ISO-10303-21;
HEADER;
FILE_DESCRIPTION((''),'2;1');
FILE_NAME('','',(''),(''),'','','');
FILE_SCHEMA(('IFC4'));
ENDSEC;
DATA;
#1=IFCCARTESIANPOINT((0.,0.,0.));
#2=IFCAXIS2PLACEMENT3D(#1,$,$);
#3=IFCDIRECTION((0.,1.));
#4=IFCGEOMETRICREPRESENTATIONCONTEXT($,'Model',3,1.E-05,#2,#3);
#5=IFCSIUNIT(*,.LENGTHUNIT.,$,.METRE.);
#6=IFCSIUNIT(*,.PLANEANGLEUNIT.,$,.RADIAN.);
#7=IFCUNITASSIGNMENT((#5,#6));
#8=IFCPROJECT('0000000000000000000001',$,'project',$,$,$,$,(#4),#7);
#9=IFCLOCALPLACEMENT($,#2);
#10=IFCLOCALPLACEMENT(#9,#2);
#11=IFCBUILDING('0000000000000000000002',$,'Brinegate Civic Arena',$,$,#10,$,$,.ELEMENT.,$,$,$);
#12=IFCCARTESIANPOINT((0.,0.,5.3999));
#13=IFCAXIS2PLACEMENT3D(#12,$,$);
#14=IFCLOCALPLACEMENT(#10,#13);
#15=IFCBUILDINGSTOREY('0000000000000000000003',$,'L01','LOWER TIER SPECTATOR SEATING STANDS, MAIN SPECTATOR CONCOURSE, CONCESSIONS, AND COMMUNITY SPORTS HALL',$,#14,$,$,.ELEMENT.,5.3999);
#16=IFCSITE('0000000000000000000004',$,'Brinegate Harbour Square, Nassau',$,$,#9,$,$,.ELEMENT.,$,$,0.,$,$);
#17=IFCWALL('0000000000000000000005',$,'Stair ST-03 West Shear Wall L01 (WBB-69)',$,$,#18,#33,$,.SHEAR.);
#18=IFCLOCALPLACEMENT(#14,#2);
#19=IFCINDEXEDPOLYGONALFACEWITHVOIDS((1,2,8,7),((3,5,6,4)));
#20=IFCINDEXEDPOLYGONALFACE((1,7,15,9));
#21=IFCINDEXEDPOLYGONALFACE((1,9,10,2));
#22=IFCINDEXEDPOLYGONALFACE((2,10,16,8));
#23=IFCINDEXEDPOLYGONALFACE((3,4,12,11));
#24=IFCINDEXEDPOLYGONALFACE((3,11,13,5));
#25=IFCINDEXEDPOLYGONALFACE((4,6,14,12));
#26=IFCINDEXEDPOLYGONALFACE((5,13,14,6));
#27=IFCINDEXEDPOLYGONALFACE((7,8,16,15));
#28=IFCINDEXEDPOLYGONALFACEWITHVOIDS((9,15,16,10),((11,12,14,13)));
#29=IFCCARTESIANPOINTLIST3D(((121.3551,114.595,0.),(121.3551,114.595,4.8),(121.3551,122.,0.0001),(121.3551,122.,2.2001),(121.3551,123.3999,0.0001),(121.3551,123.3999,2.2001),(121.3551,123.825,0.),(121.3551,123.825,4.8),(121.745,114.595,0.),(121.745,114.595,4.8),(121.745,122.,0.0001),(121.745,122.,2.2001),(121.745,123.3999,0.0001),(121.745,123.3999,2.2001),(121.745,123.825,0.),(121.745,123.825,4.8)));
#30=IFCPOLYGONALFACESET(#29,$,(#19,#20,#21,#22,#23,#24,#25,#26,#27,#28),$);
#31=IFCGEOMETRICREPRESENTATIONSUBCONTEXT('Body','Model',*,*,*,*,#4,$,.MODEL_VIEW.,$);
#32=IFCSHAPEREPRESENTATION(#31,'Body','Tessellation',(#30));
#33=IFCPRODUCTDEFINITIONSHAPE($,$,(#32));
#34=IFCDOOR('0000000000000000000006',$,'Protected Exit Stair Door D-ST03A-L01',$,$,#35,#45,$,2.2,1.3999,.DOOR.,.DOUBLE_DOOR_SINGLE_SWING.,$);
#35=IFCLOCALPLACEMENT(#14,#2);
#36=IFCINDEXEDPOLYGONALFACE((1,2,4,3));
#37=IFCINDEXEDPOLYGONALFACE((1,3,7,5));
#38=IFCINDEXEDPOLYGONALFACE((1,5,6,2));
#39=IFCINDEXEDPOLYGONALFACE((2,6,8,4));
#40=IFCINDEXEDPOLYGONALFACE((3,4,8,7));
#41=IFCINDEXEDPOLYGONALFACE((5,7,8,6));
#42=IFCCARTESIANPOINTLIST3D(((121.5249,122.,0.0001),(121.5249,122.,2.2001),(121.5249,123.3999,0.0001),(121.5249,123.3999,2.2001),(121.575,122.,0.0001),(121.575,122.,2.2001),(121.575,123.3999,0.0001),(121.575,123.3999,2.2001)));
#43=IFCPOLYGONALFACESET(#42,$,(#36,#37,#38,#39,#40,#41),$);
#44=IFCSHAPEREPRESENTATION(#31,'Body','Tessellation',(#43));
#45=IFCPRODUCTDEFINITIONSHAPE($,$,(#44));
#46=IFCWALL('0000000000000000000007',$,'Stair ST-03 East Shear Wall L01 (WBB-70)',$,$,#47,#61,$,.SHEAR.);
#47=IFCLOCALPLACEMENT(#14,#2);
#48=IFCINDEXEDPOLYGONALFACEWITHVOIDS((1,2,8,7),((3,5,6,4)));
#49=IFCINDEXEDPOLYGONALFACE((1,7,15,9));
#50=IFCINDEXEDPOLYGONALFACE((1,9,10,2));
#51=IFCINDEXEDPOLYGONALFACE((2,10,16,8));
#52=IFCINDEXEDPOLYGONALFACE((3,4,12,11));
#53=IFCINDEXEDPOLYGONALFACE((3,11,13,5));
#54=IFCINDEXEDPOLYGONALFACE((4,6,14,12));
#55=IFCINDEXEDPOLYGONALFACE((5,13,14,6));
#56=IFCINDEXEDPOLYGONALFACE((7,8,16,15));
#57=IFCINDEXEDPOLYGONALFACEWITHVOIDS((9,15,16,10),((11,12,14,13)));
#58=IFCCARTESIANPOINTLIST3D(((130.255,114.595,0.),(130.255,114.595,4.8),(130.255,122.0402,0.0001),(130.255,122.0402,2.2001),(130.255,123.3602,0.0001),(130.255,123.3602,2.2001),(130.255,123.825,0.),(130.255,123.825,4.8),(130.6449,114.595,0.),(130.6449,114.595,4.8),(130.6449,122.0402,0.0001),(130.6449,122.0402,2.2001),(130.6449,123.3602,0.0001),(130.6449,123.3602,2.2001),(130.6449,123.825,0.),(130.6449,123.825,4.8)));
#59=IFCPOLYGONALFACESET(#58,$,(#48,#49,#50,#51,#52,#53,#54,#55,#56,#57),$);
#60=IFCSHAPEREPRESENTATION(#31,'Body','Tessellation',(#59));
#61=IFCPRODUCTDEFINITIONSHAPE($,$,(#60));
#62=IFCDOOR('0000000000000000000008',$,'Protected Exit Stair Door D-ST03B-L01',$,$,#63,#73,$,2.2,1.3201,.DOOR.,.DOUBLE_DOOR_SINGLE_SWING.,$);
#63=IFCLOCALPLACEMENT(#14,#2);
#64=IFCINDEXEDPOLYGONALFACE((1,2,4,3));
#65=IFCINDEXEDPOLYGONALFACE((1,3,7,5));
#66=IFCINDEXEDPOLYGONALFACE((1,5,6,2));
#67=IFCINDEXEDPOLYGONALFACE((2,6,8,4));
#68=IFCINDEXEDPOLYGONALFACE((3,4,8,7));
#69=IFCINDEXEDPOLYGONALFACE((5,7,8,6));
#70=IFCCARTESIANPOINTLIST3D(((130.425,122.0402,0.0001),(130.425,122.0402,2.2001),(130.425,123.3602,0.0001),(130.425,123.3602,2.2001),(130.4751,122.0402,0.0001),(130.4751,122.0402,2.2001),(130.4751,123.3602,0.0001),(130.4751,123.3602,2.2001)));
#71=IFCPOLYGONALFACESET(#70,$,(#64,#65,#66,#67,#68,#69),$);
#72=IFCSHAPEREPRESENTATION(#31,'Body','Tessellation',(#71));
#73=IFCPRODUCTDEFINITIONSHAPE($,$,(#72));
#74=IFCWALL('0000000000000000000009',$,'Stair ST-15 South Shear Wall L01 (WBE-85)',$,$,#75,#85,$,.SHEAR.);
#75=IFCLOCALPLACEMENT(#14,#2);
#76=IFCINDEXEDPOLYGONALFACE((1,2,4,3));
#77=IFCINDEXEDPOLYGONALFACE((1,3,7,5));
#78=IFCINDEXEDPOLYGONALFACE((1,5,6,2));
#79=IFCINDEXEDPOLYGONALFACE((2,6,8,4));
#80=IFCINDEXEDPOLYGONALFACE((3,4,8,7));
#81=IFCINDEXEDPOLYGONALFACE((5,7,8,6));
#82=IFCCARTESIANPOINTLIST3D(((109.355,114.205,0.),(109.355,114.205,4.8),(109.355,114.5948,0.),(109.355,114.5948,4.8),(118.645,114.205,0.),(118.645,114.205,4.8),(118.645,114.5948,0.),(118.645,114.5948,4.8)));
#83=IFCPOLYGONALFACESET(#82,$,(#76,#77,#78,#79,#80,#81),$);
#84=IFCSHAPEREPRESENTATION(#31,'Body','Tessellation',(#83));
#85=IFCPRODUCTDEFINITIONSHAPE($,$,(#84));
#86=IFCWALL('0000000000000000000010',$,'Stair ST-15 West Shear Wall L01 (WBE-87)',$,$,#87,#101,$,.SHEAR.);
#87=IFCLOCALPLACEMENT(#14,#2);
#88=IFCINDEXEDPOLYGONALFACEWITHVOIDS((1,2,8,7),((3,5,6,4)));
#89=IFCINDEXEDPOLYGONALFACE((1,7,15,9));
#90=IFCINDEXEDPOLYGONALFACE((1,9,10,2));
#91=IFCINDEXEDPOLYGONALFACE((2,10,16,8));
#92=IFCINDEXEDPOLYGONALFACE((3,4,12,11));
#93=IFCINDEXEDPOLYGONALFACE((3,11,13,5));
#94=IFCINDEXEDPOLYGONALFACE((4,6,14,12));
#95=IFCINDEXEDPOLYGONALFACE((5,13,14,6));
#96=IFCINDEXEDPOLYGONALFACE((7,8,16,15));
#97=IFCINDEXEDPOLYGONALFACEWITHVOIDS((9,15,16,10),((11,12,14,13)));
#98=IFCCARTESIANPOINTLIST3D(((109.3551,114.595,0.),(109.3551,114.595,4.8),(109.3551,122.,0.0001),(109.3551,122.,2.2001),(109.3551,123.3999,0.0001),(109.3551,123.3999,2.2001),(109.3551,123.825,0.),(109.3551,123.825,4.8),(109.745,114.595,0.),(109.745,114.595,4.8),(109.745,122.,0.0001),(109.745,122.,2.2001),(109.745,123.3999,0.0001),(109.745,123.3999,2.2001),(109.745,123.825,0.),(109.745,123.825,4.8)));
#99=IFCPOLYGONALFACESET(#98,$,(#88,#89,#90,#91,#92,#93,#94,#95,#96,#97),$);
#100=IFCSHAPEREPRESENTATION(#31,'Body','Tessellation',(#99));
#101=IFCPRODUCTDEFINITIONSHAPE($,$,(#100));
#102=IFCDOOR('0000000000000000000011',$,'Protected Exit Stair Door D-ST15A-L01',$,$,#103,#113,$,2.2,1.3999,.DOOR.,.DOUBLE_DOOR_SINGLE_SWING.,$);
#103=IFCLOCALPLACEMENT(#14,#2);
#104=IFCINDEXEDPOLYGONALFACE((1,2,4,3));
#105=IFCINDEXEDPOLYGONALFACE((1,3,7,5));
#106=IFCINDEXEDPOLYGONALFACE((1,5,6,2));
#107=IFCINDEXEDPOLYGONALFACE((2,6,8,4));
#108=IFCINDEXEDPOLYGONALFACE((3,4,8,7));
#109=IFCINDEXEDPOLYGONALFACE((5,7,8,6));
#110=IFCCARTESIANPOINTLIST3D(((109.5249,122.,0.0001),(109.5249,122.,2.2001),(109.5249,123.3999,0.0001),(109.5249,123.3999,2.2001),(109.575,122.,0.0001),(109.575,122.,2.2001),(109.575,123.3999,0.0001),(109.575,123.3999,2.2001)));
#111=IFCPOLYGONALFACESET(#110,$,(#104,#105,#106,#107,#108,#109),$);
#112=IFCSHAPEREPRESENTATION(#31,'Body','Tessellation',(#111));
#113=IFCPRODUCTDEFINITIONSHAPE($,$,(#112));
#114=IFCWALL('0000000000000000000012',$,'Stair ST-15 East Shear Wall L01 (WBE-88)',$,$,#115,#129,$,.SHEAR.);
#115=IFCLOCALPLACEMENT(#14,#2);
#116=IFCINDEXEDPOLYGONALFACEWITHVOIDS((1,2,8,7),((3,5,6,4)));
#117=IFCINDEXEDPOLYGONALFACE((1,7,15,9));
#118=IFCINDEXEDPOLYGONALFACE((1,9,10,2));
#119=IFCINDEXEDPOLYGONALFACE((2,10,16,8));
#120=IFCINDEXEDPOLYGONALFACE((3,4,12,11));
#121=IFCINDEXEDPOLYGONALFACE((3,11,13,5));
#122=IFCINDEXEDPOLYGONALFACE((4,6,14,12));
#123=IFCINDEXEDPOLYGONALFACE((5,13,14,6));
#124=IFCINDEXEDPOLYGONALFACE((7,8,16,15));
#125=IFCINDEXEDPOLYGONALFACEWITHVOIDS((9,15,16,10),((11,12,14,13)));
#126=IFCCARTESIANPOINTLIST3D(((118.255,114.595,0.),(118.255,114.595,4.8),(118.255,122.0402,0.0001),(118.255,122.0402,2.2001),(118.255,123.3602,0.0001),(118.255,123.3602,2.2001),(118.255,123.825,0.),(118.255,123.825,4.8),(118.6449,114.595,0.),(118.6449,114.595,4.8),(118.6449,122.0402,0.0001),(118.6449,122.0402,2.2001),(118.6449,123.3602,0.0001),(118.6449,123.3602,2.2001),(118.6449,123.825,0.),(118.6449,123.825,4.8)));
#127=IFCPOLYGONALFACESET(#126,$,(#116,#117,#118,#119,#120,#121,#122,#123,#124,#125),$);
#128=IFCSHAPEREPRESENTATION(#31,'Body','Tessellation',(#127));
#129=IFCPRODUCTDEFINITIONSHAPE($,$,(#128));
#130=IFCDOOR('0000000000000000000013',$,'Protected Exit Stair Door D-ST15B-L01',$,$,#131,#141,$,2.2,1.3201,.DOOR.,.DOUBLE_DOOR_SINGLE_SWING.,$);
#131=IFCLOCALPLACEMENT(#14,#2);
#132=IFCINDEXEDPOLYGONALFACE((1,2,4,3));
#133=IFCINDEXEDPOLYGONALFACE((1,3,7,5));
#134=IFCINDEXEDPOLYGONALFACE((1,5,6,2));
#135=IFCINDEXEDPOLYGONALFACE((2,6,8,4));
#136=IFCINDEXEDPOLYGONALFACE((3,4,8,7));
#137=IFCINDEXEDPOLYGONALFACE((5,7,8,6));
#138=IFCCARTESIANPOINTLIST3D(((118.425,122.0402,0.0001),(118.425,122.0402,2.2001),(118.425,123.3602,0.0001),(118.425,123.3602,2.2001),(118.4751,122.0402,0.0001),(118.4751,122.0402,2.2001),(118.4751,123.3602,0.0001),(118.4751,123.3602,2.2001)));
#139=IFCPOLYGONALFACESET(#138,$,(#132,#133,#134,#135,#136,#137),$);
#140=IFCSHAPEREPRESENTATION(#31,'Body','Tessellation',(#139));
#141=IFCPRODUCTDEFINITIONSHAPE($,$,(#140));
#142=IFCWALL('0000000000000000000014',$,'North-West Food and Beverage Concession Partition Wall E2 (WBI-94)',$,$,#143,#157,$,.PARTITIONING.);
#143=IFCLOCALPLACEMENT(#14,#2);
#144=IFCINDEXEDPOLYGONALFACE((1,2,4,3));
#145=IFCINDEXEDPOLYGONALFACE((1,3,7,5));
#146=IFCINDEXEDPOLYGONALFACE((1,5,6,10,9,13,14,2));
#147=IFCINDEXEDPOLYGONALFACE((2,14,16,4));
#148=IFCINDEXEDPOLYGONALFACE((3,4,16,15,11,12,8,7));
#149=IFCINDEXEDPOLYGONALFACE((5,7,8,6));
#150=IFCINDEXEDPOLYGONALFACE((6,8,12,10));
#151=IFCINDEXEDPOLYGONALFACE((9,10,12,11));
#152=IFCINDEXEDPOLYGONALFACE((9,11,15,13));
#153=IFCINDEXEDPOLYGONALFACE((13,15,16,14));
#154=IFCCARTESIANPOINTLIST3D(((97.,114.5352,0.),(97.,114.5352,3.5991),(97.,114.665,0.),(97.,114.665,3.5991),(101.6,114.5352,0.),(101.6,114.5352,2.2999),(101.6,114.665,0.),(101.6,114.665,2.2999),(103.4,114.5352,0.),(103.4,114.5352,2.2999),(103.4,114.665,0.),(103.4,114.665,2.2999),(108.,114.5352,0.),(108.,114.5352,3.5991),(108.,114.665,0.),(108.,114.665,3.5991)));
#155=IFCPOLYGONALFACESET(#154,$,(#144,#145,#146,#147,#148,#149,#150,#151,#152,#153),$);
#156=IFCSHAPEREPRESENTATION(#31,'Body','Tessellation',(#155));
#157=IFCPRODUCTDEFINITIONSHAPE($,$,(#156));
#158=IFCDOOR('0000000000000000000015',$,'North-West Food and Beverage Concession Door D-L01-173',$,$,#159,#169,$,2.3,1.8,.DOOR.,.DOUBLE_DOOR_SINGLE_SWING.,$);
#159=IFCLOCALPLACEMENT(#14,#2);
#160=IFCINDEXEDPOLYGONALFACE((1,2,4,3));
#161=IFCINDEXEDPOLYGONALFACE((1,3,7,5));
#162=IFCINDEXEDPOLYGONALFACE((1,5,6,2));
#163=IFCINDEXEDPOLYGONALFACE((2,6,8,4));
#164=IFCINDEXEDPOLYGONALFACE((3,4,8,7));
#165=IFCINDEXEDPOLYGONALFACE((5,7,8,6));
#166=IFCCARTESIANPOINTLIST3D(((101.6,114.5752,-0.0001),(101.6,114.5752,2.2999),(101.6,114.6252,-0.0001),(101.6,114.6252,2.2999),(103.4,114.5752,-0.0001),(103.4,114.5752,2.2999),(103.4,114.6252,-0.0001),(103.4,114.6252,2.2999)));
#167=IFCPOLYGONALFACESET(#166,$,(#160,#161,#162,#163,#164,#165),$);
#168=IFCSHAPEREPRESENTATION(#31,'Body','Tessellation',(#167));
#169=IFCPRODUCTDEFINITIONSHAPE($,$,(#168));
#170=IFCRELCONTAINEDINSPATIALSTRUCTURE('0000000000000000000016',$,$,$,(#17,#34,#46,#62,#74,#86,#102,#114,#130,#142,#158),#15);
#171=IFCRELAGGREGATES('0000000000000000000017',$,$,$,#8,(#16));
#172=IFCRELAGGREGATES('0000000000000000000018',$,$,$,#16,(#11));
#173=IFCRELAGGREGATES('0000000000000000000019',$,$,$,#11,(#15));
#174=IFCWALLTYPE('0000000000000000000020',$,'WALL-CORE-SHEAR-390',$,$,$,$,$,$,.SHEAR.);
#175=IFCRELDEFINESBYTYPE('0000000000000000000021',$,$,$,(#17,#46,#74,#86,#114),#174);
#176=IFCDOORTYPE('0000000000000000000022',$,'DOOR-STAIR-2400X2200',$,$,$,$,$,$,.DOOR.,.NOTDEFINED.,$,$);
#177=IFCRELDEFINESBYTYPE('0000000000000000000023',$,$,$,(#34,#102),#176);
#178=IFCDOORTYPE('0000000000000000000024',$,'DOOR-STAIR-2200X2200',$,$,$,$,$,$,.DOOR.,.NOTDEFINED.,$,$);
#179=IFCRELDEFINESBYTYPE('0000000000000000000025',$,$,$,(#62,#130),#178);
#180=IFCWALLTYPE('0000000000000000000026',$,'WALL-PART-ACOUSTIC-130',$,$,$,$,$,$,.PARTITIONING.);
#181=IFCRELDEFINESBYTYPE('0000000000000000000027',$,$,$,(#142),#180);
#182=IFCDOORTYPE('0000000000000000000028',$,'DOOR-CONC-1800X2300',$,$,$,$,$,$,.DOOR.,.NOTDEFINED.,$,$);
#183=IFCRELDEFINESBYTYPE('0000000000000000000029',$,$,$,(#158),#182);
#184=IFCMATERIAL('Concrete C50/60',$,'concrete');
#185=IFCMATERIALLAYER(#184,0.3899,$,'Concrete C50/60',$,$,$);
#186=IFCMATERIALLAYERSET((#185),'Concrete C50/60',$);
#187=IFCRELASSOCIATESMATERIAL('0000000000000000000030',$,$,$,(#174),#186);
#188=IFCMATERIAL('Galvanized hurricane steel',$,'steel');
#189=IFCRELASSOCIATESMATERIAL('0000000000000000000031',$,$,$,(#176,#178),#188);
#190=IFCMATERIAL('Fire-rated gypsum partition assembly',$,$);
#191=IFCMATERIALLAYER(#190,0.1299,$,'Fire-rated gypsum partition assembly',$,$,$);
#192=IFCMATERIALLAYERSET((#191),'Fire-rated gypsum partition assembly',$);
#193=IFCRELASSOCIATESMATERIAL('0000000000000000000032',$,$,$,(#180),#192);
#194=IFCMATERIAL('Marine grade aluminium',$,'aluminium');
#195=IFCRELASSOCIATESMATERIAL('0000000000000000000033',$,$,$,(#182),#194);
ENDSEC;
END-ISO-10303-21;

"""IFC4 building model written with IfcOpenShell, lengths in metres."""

from ifc_helpers import new_model, si_unit, direction, frame, frame_2d, origin, place, context, subcontext, project, spatial, rectangle, extrude, material, layer, layer_set, type_object, element, fill, save


model = new_model("IFC4")

# Units and contexts
model_context = context("Model", 3, precision=1e-05, world=origin(), true_north=direction((0.0, 1.0)))
body_context = subcontext(model_context, "Body", "Model", "MODEL_VIEW")
ifc_project = project(units=[si_unit("LENGTHUNIT", "METRE"), si_unit("PLANEANGLEUNIT", "RADIAN")], contexts=[model_context])

# Site, building, storey
site_placement = place(None, origin())
site = spatial("IfcSite", under=ifc_project, at=site_placement, Name="Brinegate Harbour Square, Nassau", CompositionType="ELEMENT", RefElevation=0.0)
building_placement = place(site_placement, origin())
building = spatial("IfcBuilding", under=site, at=building_placement, Name="Brinegate Civic Arena", CompositionType="ELEMENT")
storey_placement = place(building_placement, frame((0.0, 0.0, 5.3999)))
storey = spatial("IfcBuildingStorey", under=building, at=storey_placement, Name="L01", Description="LOWER TIER SPECTATOR SEATING STANDS, MAIN SPECTATOR CONCOURSE, CONCESSIONS, AND COMMUNITY SPORTS HALL", CompositionType="ELEMENT", Elevation=5.3999)

# Shared definitions
ifc_material_1 = material(Name="Concrete C50/60", Category="concrete")

# Shared definitions
ifc_layer_1 = layer(ifc_material_1, 0.3899, Name="Concrete C50/60")
ifc_layer_set_1 = layer_set([ifc_layer_1], Name="Concrete C50/60")
wall_type_1 = type_object("IfcWallType", Name="WALL-CORE-SHEAR-390", PredefinedType="SHEAR", material=ifc_layer_set_1)

# Walls, openings, doors
wall_1_placement = place(storey_placement, frame((121.55, 114.595, 0.0), z_axis=(0.0, 0.0, 1.0), x_axis=(0.0, 1.0, 0.0)))
wall_1 = element("IfcWall", 1, at=wall_1_placement, inside=storey, type_object=wall_type_1, Name="Stair ST-03 West Shear Wall L01 (WBB-69)", PredefinedType="SHEAR", context=body_context, shape_type="SweptSolid", body=[
    extrude(rectangle(XDim=9.23, YDim=0.3899, at=frame_2d((4.615, 0.0))), origin(), (0.0, 0.0, 1.0), 4.8),
])
opening_1_placement = place(wall_1_placement, frame((7.405, 0.0, 0.0)))
opening_1 = element("IfcOpeningElement", 2, at=opening_1_placement, cuts=wall_1, PredefinedType="OPENING", context=body_context, shape_type="SweptSolid", body=[
    extrude(rectangle(XDim=1.3999, YDim=2.2, at=frame_2d((0.7, 1.1001))), frame((0.0, 0.2048, 0.0), z_axis=(0.0, -1.0, 0.0), x_axis=(1.0, 0.0, 0.0)), (0.0, 0.0, 1.0), 0.4099),
])
ifc_material_2 = material(Name="Galvanized hurricane steel", Category="steel")
door_type_1 = type_object("IfcDoorType", Name="DOOR-STAIR-2400X2200", OperationType="NOTDEFINED", PredefinedType="DOOR", material=ifc_material_2)
door_1_placement = place(opening_1_placement, frame((1.3999, 0.0, 0.0), z_axis=(0.0, 0.0, 1.0), x_axis=(-1.0, 0.0, 0.0)))
door_1 = element("IfcDoor", 3, at=door_1_placement, inside=storey, type_object=door_type_1, Name="Protected Exit Stair Door D-ST03A-L01", OperationType="DOUBLE_DOOR_SINGLE_SWING", OverallHeight=2.2, OverallWidth=1.3999, PredefinedType="DOOR", context=body_context, shape_type="SweptSolid", body=[
    extrude(rectangle(XDim=1.3999, YDim=2.2, at=frame_2d((0.7, 1.1001))), frame((0.0, 0.0249, 0.0), z_axis=(0.0, -1.0, 0.0), x_axis=(1.0, 0.0, 0.0)), (0.0, 0.0, 1.0), 0.05),
])
fill(opening_1, door_1)
wall_2_placement = place(storey_placement, frame((130.45, 114.595, 0.0), z_axis=(0.0, 0.0, 1.0), x_axis=(0.0, 1.0, 0.0)))
wall_2 = element("IfcWall", 4, at=wall_2_placement, inside=storey, type_object=wall_type_1, Name="Stair ST-03 East Shear Wall L01 (WBB-70)", PredefinedType="SHEAR", context=body_context, shape_type="SweptSolid", body=[
    extrude(rectangle(XDim=9.23, YDim=0.3899, at=frame_2d((4.615, 0.0))), origin(), (0.0, 0.0, 1.0), 4.8),
])
opening_2_placement = place(wall_2_placement, frame((7.4451, 0.0, 0.0)))
opening_2 = element("IfcOpeningElement", 5, at=opening_2_placement, cuts=wall_2, PredefinedType="OPENING", context=body_context, shape_type="SweptSolid", body=[
    extrude(rectangle(XDim=1.3201, YDim=2.2, at=frame_2d((0.6602, 1.1001))), frame((0.0, 0.2048, 0.0), z_axis=(0.0, -1.0, 0.0), x_axis=(1.0, 0.0, 0.0)), (0.0, 0.0, 1.0), 0.4099),
])
door_type_2 = type_object("IfcDoorType", Name="DOOR-STAIR-2200X2200", OperationType="NOTDEFINED", PredefinedType="DOOR", material=ifc_material_2)
door_2_placement = place(opening_2_placement, origin())
door_2 = element("IfcDoor", 6, at=door_2_placement, inside=storey, type_object=door_type_2, Name="Protected Exit Stair Door D-ST03B-L01", OperationType="DOUBLE_DOOR_SINGLE_SWING", OverallHeight=2.2, OverallWidth=1.3201, PredefinedType="DOOR", context=body_context, shape_type="SweptSolid", body=[
    extrude(rectangle(XDim=1.3201, YDim=2.2, at=frame_2d((0.6602, 1.1001))), frame((0.0, 0.0249, 0.0), z_axis=(0.0, -1.0, 0.0), x_axis=(1.0, 0.0, 0.0)), (0.0, 0.0, 1.0), 0.05),
])
fill(opening_2, door_2)

# Wall
wall_3_placement = place(storey_placement, frame((109.355, 114.3999, 0.0), z_axis=(0.0, 0.0, 1.0), x_axis=(1.0, 0.0, 0.0)))
element("IfcWall", 7, at=wall_3_placement, inside=storey, type_object=wall_type_1, Name="Stair ST-15 South Shear Wall L01 (WBE-85)", PredefinedType="SHEAR", context=body_context, shape_type="SweptSolid", body=[
    extrude(rectangle(XDim=9.29, YDim=0.3899, at=frame_2d((4.645, 0.0))), origin(), (0.0, 0.0, 1.0), 4.8),
])

# Walls, openings, doors
wall_4_placement = place(storey_placement, frame((109.55, 114.595, 0.0), z_axis=(0.0, 0.0, 1.0), x_axis=(0.0, 1.0, 0.0)))
wall_4 = element("IfcWall", 8, at=wall_4_placement, inside=storey, type_object=wall_type_1, Name="Stair ST-15 West Shear Wall L01 (WBE-87)", PredefinedType="SHEAR", context=body_context, shape_type="SweptSolid", body=[
    extrude(rectangle(XDim=9.23, YDim=0.3899, at=frame_2d((4.615, 0.0))), origin(), (0.0, 0.0, 1.0), 4.8),
])
opening_3_placement = place(wall_4_placement, frame((7.405, 0.0, 0.0)))
opening_3 = element("IfcOpeningElement", 9, at=opening_3_placement, cuts=wall_4, PredefinedType="OPENING", context=body_context, shape_type="SweptSolid", body=[
    extrude(rectangle(XDim=1.3999, YDim=2.2, at=frame_2d((0.7, 1.1001))), frame((0.0, 0.2048, 0.0), z_axis=(0.0, -1.0, 0.0), x_axis=(1.0, 0.0, 0.0)), (0.0, 0.0, 1.0), 0.4099),
])
door_3_placement = place(opening_3_placement, frame((1.3999, 0.0, 0.0), z_axis=(0.0, 0.0, 1.0), x_axis=(-1.0, 0.0, 0.0)))
door_3 = element("IfcDoor", 10, at=door_3_placement, inside=storey, type_object=door_type_1, Name="Protected Exit Stair Door D-ST15A-L01", OperationType="DOUBLE_DOOR_SINGLE_SWING", OverallHeight=2.2, OverallWidth=1.3999, PredefinedType="DOOR", context=body_context, shape_type="SweptSolid", body=[
    extrude(rectangle(XDim=1.3999, YDim=2.2, at=frame_2d((0.7, 1.1001))), frame((0.0, 0.0249, 0.0), z_axis=(0.0, -1.0, 0.0), x_axis=(1.0, 0.0, 0.0)), (0.0, 0.0, 1.0), 0.05),
])
fill(opening_3, door_3)
wall_5_placement = place(storey_placement, frame((118.45, 114.595, 0.0), z_axis=(0.0, 0.0, 1.0), x_axis=(0.0, 1.0, 0.0)))
wall_5 = element("IfcWall", 11, at=wall_5_placement, inside=storey, type_object=wall_type_1, Name="Stair ST-15 East Shear Wall L01 (WBE-88)", PredefinedType="SHEAR", context=body_context, shape_type="SweptSolid", body=[
    extrude(rectangle(XDim=9.23, YDim=0.3899, at=frame_2d((4.615, 0.0))), origin(), (0.0, 0.0, 1.0), 4.8),
])
opening_4_placement = place(wall_5_placement, frame((7.4451, 0.0, 0.0)))
opening_4 = element("IfcOpeningElement", 12, at=opening_4_placement, cuts=wall_5, PredefinedType="OPENING", context=body_context, shape_type="SweptSolid", body=[
    extrude(rectangle(XDim=1.3201, YDim=2.2, at=frame_2d((0.6602, 1.1001))), frame((0.0, 0.2048, 0.0), z_axis=(0.0, -1.0, 0.0), x_axis=(1.0, 0.0, 0.0)), (0.0, 0.0, 1.0), 0.4099),
])
door_4_placement = place(opening_4_placement, origin())
door_4 = element("IfcDoor", 13, at=door_4_placement, inside=storey, type_object=door_type_2, Name="Protected Exit Stair Door D-ST15B-L01", OperationType="DOUBLE_DOOR_SINGLE_SWING", OverallHeight=2.2, OverallWidth=1.3201, PredefinedType="DOOR", context=body_context, shape_type="SweptSolid", body=[
    extrude(rectangle(XDim=1.3201, YDim=2.2, at=frame_2d((0.6602, 1.1001))), frame((0.0, 0.0249, 0.0), z_axis=(0.0, -1.0, 0.0), x_axis=(1.0, 0.0, 0.0)), (0.0, 0.0, 1.0), 0.05),
])
fill(opening_4, door_4)
ifc_material_3 = material(Name="Fire-rated gypsum partition assembly")
ifc_layer_2 = layer(ifc_material_3, 0.1299, Name="Fire-rated gypsum partition assembly")
ifc_layer_set_2 = layer_set([ifc_layer_2], Name="Fire-rated gypsum partition assembly")
wall_type_2 = type_object("IfcWallType", Name="WALL-PART-ACOUSTIC-130", PredefinedType="PARTITIONING", material=ifc_layer_set_2)
wall_6_placement = place(storey_placement, frame((108.0, 114.6001, 0.0), z_axis=(0.0, 0.0, 1.0), x_axis=(-1.0, 0.0, 0.0)))
wall_6 = element("IfcWall", 14, at=wall_6_placement, inside=storey, type_object=wall_type_2, Name="North-West Food and Beverage Concession Partition Wall E2 (WBI-94)", PredefinedType="PARTITIONING", context=body_context, shape_type="SweptSolid", body=[
    extrude(rectangle(XDim=11.0, YDim=0.1299, at=frame_2d((5.5, 0.0))), origin(), (0.0, 0.0, 1.0), 3.5991),
])
opening_5_placement = place(wall_6_placement, frame((4.6001, 0.0, 0.0)))
opening_5 = element("IfcOpeningElement", 15, at=opening_5_placement, cuts=wall_6, PredefinedType="OPENING", context=body_context, shape_type="SweptSolid", body=[
    extrude(rectangle(XDim=1.8, YDim=2.3, at=frame_2d((0.8999, 1.1499))), frame((0.0, 0.075, 0.0), z_axis=(0.0, -1.0, 0.0), x_axis=(1.0, 0.0, 0.0)), (0.0, 0.0, 1.0), 0.1499),
])
ifc_material_4 = material(Name="Marine grade aluminium", Category="aluminium")
door_type_3 = type_object("IfcDoorType", Name="DOOR-CONC-1800X2300", OperationType="NOTDEFINED", PredefinedType="DOOR", material=ifc_material_4)
door_5_placement = place(opening_5_placement, origin())
door_5 = element("IfcDoor", 16, at=door_5_placement, inside=storey, type_object=door_type_3, Name="North-West Food and Beverage Concession Door D-L01-173", OperationType="DOUBLE_DOOR_SINGLE_SWING", OverallHeight=2.3, OverallWidth=1.8, PredefinedType="DOOR", context=body_context, shape_type="SweptSolid", body=[
    extrude(rectangle(XDim=1.8, YDim=2.3, at=frame_2d((0.8999, 1.1499))), frame((0.0, 0.0249, 0.0), z_axis=(0.0, -1.0, 0.0), x_axis=(1.0, 0.0, 0.0)), (0.0, 0.0, 1.0), 0.05),
])
fill(opening_5, door_5)

save(model, "model.ifc")
